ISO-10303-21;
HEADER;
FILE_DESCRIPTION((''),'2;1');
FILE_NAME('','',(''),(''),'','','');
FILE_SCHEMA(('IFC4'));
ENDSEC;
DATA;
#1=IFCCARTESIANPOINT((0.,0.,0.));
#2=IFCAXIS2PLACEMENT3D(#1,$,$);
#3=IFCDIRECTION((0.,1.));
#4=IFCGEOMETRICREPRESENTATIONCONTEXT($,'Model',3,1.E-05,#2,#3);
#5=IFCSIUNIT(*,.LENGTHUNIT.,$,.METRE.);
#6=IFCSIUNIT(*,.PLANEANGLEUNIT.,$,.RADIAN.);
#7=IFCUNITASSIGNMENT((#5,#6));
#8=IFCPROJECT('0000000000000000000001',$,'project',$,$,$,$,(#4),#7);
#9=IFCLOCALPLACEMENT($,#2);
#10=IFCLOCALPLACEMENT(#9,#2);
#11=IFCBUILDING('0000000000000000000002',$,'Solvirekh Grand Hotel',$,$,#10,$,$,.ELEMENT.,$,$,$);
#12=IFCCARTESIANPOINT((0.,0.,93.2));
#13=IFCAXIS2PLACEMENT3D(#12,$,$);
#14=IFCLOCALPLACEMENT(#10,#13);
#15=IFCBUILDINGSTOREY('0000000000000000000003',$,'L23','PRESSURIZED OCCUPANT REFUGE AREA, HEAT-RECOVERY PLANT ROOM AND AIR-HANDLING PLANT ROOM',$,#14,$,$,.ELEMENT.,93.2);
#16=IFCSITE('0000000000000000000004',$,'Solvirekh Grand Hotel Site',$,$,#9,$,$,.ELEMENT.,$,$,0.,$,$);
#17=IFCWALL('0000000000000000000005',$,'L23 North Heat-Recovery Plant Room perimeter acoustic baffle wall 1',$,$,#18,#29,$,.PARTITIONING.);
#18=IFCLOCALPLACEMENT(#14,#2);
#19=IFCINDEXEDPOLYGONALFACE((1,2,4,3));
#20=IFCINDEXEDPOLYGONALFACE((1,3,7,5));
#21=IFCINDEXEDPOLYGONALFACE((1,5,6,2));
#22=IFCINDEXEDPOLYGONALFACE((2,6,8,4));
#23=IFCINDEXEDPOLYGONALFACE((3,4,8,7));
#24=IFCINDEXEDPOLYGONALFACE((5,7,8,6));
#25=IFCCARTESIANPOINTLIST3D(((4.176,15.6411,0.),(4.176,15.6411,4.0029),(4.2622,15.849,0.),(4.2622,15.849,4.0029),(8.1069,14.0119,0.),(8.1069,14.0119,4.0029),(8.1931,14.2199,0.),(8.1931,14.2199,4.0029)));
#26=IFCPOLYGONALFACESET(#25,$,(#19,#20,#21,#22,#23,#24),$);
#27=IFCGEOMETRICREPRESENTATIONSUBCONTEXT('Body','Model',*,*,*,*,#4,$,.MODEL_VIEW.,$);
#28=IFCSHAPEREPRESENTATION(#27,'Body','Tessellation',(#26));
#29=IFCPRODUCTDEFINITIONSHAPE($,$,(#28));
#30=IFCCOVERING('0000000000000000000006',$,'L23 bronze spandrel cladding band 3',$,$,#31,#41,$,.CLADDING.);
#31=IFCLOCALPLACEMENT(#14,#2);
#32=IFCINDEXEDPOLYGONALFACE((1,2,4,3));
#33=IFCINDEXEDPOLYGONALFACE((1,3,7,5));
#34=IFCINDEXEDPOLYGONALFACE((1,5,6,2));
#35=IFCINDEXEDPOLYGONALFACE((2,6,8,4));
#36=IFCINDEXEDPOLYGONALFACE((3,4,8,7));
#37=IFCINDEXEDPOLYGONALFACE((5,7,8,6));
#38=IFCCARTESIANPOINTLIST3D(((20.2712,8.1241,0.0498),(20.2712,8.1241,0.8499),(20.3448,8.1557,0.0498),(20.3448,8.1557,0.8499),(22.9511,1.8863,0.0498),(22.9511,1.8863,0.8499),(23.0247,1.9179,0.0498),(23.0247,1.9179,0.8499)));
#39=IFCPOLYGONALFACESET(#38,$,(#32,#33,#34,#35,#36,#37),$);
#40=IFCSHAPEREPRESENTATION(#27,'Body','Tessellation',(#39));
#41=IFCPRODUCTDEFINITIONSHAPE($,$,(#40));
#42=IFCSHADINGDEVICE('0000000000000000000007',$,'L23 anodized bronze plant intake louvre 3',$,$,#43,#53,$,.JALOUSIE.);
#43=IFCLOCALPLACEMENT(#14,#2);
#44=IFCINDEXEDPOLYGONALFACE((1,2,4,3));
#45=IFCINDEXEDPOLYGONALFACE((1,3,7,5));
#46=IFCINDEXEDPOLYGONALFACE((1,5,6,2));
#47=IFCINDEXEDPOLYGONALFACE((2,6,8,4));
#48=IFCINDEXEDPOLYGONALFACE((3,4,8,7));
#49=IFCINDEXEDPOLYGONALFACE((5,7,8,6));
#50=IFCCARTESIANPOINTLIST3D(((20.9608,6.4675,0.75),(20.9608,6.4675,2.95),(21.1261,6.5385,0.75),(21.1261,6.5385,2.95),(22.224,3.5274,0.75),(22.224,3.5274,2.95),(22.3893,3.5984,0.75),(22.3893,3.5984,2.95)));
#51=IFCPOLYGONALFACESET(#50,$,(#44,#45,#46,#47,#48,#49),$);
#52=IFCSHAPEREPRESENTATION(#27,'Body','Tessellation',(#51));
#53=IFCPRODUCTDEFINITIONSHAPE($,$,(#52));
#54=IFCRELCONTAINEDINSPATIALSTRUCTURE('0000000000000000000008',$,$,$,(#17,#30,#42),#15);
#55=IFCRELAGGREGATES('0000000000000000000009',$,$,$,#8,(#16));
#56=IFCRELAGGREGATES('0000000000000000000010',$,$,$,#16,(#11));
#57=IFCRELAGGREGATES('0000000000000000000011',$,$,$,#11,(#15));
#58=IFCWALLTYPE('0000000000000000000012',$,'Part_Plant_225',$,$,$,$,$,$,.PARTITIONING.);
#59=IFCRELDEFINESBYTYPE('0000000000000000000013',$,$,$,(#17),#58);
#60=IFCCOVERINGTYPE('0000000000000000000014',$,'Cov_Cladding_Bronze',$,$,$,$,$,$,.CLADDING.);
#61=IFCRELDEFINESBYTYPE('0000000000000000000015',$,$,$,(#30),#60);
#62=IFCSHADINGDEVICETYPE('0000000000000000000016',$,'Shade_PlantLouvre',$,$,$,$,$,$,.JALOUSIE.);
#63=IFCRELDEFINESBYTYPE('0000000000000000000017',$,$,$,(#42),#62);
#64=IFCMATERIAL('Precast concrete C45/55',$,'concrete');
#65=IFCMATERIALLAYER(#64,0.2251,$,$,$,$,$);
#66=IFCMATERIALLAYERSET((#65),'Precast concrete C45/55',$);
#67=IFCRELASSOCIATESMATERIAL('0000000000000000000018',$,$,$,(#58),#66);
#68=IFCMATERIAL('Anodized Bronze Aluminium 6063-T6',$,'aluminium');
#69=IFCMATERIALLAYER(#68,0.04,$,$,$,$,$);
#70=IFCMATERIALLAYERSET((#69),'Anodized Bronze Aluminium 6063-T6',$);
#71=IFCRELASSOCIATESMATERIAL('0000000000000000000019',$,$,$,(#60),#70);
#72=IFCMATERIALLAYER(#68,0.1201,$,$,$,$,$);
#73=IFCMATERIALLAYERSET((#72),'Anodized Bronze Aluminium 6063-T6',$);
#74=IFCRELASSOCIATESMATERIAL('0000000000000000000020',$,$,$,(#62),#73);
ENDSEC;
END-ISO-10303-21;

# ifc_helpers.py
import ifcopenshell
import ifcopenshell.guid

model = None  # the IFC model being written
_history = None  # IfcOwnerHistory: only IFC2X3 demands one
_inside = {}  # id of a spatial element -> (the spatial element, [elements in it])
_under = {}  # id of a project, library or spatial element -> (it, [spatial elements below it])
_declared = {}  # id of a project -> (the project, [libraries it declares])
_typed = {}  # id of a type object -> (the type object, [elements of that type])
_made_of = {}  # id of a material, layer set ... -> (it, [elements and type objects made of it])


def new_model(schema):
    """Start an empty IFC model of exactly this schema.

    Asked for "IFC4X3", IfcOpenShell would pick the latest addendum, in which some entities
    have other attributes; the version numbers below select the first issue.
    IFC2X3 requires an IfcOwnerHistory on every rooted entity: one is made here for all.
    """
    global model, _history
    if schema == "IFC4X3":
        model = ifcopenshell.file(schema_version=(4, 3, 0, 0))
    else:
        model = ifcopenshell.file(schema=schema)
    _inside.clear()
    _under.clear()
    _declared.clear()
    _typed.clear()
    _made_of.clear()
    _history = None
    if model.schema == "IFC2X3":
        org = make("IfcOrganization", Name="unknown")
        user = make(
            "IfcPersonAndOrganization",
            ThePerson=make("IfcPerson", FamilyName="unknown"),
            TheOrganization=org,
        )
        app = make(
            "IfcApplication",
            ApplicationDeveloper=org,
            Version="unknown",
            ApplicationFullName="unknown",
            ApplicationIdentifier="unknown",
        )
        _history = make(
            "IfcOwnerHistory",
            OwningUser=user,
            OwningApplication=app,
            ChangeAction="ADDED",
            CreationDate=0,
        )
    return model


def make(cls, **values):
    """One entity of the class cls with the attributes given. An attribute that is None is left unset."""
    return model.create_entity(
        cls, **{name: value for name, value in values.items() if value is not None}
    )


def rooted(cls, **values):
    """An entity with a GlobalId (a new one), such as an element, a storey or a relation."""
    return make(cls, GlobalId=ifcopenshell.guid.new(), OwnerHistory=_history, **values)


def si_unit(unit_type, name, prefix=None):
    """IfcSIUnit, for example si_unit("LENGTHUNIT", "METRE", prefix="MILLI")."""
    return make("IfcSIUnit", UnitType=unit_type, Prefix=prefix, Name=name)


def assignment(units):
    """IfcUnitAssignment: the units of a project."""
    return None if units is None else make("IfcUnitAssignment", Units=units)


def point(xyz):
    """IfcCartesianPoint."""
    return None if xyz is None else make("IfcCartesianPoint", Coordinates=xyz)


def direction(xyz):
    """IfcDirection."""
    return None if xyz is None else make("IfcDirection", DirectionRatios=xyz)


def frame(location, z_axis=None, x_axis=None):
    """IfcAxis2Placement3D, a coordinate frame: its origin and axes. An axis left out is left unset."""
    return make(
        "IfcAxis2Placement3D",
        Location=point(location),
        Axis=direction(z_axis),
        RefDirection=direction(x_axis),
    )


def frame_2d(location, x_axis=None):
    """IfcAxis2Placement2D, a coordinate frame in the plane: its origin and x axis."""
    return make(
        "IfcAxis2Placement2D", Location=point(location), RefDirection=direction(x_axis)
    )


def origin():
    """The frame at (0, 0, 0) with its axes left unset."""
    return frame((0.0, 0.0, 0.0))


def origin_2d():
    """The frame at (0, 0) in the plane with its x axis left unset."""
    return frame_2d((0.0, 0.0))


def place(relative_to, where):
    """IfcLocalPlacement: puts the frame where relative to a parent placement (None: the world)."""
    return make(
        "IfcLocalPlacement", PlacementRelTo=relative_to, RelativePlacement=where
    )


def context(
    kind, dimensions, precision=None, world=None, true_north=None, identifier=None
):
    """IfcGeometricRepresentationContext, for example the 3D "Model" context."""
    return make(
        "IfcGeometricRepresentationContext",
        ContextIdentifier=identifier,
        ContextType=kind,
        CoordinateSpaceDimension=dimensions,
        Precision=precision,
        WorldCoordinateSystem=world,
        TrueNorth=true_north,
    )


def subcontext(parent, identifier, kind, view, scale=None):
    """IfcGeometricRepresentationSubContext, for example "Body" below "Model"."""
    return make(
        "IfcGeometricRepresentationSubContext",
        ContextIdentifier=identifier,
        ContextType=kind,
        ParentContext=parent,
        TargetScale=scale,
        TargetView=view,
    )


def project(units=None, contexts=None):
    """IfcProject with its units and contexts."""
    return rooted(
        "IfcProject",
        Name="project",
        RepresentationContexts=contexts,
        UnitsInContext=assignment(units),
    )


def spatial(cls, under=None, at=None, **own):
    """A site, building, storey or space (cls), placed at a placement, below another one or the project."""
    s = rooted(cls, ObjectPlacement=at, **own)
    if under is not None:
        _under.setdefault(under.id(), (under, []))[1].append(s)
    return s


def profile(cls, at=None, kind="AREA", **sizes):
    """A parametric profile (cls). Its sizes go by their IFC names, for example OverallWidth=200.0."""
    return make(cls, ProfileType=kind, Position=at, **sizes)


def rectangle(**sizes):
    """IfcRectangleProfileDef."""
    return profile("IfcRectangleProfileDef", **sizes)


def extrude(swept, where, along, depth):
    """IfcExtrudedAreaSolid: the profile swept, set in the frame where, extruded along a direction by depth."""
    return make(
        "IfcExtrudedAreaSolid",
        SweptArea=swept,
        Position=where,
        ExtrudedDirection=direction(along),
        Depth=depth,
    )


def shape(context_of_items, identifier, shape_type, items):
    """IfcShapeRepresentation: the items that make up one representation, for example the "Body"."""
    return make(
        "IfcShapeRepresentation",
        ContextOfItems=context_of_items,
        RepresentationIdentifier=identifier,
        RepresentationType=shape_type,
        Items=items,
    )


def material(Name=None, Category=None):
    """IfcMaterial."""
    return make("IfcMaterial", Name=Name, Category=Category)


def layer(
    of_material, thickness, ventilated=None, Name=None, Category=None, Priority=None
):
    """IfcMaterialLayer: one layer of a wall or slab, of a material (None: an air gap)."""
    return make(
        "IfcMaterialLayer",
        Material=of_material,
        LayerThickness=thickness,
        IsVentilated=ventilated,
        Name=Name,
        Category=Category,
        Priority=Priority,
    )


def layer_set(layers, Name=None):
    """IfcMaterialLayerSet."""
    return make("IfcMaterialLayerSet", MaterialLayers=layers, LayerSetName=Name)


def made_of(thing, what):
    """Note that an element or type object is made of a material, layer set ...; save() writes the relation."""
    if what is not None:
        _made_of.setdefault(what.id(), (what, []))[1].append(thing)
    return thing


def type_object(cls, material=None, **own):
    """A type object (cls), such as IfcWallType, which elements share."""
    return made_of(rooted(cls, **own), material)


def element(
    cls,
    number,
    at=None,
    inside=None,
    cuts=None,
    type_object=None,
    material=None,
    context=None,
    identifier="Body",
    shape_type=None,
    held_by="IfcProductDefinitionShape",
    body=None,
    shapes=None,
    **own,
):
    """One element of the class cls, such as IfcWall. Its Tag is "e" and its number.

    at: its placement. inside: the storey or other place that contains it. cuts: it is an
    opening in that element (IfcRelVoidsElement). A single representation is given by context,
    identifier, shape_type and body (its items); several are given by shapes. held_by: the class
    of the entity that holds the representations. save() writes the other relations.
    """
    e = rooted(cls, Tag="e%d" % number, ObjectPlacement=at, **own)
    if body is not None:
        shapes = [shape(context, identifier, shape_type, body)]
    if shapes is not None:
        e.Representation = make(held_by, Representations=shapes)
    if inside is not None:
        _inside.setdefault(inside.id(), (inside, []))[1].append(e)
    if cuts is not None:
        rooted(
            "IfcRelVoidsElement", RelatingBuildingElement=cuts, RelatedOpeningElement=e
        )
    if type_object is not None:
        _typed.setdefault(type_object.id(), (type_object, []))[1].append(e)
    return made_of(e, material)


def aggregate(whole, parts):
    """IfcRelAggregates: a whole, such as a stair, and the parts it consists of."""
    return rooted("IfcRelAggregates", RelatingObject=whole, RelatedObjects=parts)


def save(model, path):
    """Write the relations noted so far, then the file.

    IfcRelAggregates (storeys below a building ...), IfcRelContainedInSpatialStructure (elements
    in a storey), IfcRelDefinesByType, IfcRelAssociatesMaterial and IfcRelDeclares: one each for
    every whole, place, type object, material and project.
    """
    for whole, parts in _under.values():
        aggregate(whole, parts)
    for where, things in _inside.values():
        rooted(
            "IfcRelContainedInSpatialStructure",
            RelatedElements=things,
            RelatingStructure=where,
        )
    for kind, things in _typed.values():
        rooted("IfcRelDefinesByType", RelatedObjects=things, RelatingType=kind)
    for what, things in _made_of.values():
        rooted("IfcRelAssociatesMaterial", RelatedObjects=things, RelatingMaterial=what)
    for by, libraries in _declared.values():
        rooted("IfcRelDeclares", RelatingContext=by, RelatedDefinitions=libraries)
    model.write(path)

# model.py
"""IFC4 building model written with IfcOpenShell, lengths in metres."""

from ifc_helpers import new_model, si_unit, direction, frame, frame_2d, origin, origin_2d, place, context, subcontext, project, spatial, rectangle, extrude, material, layer, layer_set, type_object, element, save


model = new_model("IFC4")

# Units and contexts
model_context = context("Model", 3, precision=1e-05, world=origin(), true_north=direction((0.0, 1.0)))
body_context = subcontext(model_context, "Body", "Model", "MODEL_VIEW")
ifc_project = project(units=[si_unit("LENGTHUNIT", "METRE"), si_unit("PLANEANGLEUNIT", "RADIAN")], contexts=[model_context])

# Site, building, storey
site_placement = place(None, origin())
site = spatial("IfcSite", under=ifc_project, at=site_placement, Name="Solvirekh Grand Hotel Site", CompositionType="ELEMENT", RefElevation=0.0)
building_placement = place(site_placement, origin())
building = spatial("IfcBuilding", under=site, at=building_placement, Name="Solvirekh Grand Hotel", CompositionType="ELEMENT")
storey_placement = place(building_placement, frame((0.0, 0.0, 93.2)))
storey = spatial("IfcBuildingStorey", under=building, at=storey_placement, Name="L23", Description="PRESSURIZED OCCUPANT REFUGE AREA, HEAT-RECOVERY PLANT ROOM AND AIR-HANDLING PLANT ROOM", CompositionType="ELEMENT", Elevation=93.2)

# Shared definitions
ifc_material_1 = material(Name="Precast concrete C45/55", Category="concrete")

# Shared definitions
ifc_material_2 = material(Name="Anodized Bronze Aluminium 6063-T6", Category="aluminium")

# Wall
ifc_layer_1 = layer(ifc_material_1, 0.2251)
ifc_layer_set_1 = layer_set([ifc_layer_1], Name="Precast concrete C45/55")
wall_type_1 = type_object("IfcWallType", Name="Part_Plant_225", PredefinedType="PARTITIONING", material=ifc_layer_set_1)
for number, where, z_axis, x_axis, name in (
    (1, (8.1499, 14.116, 0.0), (0.0, 0.0, 1.0), (-0.923803, 0.382867, 0.0), "L23 North Heat-Recovery Plant Room perimeter acoustic baffle wall 1"),
):
    element("IfcWall", number, at=place(storey_placement, frame(where, z_axis=z_axis, x_axis=x_axis)), inside=storey, type_object=wall_type_1, Name=name, PredefinedType="PARTITIONING", context=body_context, shape_type="SweptSolid", body=[
        extrude(rectangle(XDim=4.2551, YDim=0.2251, at=frame_2d((2.1274, 0.0))), origin(), (0.0, 0.0, 1.0), 4.0029),
    ])

# Covering
ifc_layer_2 = layer(ifc_material_2, 0.04)
ifc_layer_set_2 = layer_set([ifc_layer_2], Name="Anodized Bronze Aluminium 6063-T6")
covering_type = type_object("IfcCoveringType", Name="Cov_Cladding_Bronze", PredefinedType="CLADDING", material=ifc_layer_set_2)
covering_placement = place(storey_placement, frame((21.6479, 5.021, 0.0498), z_axis=(0.0, 0.0, 1.0), x_axis=(0.394744, -0.918791, 0.0)))
element("IfcCovering", 2, at=covering_placement, inside=storey, type_object=covering_type, Name="L23 bronze spandrel cladding band 3", PredefinedType="CLADDING", context=body_context, shape_type="SweptSolid", body=[
    extrude(rectangle(XDim=6.7891, YDim=0.0801, at=origin_2d()), origin(), (0.0, 0.0, 1.0), 0.8),
])

# Shading device
ifc_layer_3 = layer(ifc_material_2, 0.1201)
ifc_layer_set_3 = layer_set([ifc_layer_3], Name="Anodized Bronze Aluminium 6063-T6")
shading_device_type = type_object("IfcShadingDeviceType", Name="Shade_PlantLouvre", PredefinedType="JALOUSIE", material=ifc_layer_set_3)
shading_device_placement = place(storey_placement, frame((21.675, 5.033, 0.75), z_axis=(0.0, 0.0, 1.0), x_axis=(0.394744, -0.918791, 0.0)))
element("IfcShadingDevice", 3, at=shading_device_placement, inside=storey, type_object=shading_device_type, Name="L23 anodized bronze plant intake louvre 3", PredefinedType="JALOUSIE", context=body_context, shape_type="SweptSolid", body=[
    extrude(rectangle(XDim=3.2, YDim=0.1799, at=origin_2d()), origin(), (0.0, 0.0, 1.0), 2.2),
])

save(model, "model.ifc")
